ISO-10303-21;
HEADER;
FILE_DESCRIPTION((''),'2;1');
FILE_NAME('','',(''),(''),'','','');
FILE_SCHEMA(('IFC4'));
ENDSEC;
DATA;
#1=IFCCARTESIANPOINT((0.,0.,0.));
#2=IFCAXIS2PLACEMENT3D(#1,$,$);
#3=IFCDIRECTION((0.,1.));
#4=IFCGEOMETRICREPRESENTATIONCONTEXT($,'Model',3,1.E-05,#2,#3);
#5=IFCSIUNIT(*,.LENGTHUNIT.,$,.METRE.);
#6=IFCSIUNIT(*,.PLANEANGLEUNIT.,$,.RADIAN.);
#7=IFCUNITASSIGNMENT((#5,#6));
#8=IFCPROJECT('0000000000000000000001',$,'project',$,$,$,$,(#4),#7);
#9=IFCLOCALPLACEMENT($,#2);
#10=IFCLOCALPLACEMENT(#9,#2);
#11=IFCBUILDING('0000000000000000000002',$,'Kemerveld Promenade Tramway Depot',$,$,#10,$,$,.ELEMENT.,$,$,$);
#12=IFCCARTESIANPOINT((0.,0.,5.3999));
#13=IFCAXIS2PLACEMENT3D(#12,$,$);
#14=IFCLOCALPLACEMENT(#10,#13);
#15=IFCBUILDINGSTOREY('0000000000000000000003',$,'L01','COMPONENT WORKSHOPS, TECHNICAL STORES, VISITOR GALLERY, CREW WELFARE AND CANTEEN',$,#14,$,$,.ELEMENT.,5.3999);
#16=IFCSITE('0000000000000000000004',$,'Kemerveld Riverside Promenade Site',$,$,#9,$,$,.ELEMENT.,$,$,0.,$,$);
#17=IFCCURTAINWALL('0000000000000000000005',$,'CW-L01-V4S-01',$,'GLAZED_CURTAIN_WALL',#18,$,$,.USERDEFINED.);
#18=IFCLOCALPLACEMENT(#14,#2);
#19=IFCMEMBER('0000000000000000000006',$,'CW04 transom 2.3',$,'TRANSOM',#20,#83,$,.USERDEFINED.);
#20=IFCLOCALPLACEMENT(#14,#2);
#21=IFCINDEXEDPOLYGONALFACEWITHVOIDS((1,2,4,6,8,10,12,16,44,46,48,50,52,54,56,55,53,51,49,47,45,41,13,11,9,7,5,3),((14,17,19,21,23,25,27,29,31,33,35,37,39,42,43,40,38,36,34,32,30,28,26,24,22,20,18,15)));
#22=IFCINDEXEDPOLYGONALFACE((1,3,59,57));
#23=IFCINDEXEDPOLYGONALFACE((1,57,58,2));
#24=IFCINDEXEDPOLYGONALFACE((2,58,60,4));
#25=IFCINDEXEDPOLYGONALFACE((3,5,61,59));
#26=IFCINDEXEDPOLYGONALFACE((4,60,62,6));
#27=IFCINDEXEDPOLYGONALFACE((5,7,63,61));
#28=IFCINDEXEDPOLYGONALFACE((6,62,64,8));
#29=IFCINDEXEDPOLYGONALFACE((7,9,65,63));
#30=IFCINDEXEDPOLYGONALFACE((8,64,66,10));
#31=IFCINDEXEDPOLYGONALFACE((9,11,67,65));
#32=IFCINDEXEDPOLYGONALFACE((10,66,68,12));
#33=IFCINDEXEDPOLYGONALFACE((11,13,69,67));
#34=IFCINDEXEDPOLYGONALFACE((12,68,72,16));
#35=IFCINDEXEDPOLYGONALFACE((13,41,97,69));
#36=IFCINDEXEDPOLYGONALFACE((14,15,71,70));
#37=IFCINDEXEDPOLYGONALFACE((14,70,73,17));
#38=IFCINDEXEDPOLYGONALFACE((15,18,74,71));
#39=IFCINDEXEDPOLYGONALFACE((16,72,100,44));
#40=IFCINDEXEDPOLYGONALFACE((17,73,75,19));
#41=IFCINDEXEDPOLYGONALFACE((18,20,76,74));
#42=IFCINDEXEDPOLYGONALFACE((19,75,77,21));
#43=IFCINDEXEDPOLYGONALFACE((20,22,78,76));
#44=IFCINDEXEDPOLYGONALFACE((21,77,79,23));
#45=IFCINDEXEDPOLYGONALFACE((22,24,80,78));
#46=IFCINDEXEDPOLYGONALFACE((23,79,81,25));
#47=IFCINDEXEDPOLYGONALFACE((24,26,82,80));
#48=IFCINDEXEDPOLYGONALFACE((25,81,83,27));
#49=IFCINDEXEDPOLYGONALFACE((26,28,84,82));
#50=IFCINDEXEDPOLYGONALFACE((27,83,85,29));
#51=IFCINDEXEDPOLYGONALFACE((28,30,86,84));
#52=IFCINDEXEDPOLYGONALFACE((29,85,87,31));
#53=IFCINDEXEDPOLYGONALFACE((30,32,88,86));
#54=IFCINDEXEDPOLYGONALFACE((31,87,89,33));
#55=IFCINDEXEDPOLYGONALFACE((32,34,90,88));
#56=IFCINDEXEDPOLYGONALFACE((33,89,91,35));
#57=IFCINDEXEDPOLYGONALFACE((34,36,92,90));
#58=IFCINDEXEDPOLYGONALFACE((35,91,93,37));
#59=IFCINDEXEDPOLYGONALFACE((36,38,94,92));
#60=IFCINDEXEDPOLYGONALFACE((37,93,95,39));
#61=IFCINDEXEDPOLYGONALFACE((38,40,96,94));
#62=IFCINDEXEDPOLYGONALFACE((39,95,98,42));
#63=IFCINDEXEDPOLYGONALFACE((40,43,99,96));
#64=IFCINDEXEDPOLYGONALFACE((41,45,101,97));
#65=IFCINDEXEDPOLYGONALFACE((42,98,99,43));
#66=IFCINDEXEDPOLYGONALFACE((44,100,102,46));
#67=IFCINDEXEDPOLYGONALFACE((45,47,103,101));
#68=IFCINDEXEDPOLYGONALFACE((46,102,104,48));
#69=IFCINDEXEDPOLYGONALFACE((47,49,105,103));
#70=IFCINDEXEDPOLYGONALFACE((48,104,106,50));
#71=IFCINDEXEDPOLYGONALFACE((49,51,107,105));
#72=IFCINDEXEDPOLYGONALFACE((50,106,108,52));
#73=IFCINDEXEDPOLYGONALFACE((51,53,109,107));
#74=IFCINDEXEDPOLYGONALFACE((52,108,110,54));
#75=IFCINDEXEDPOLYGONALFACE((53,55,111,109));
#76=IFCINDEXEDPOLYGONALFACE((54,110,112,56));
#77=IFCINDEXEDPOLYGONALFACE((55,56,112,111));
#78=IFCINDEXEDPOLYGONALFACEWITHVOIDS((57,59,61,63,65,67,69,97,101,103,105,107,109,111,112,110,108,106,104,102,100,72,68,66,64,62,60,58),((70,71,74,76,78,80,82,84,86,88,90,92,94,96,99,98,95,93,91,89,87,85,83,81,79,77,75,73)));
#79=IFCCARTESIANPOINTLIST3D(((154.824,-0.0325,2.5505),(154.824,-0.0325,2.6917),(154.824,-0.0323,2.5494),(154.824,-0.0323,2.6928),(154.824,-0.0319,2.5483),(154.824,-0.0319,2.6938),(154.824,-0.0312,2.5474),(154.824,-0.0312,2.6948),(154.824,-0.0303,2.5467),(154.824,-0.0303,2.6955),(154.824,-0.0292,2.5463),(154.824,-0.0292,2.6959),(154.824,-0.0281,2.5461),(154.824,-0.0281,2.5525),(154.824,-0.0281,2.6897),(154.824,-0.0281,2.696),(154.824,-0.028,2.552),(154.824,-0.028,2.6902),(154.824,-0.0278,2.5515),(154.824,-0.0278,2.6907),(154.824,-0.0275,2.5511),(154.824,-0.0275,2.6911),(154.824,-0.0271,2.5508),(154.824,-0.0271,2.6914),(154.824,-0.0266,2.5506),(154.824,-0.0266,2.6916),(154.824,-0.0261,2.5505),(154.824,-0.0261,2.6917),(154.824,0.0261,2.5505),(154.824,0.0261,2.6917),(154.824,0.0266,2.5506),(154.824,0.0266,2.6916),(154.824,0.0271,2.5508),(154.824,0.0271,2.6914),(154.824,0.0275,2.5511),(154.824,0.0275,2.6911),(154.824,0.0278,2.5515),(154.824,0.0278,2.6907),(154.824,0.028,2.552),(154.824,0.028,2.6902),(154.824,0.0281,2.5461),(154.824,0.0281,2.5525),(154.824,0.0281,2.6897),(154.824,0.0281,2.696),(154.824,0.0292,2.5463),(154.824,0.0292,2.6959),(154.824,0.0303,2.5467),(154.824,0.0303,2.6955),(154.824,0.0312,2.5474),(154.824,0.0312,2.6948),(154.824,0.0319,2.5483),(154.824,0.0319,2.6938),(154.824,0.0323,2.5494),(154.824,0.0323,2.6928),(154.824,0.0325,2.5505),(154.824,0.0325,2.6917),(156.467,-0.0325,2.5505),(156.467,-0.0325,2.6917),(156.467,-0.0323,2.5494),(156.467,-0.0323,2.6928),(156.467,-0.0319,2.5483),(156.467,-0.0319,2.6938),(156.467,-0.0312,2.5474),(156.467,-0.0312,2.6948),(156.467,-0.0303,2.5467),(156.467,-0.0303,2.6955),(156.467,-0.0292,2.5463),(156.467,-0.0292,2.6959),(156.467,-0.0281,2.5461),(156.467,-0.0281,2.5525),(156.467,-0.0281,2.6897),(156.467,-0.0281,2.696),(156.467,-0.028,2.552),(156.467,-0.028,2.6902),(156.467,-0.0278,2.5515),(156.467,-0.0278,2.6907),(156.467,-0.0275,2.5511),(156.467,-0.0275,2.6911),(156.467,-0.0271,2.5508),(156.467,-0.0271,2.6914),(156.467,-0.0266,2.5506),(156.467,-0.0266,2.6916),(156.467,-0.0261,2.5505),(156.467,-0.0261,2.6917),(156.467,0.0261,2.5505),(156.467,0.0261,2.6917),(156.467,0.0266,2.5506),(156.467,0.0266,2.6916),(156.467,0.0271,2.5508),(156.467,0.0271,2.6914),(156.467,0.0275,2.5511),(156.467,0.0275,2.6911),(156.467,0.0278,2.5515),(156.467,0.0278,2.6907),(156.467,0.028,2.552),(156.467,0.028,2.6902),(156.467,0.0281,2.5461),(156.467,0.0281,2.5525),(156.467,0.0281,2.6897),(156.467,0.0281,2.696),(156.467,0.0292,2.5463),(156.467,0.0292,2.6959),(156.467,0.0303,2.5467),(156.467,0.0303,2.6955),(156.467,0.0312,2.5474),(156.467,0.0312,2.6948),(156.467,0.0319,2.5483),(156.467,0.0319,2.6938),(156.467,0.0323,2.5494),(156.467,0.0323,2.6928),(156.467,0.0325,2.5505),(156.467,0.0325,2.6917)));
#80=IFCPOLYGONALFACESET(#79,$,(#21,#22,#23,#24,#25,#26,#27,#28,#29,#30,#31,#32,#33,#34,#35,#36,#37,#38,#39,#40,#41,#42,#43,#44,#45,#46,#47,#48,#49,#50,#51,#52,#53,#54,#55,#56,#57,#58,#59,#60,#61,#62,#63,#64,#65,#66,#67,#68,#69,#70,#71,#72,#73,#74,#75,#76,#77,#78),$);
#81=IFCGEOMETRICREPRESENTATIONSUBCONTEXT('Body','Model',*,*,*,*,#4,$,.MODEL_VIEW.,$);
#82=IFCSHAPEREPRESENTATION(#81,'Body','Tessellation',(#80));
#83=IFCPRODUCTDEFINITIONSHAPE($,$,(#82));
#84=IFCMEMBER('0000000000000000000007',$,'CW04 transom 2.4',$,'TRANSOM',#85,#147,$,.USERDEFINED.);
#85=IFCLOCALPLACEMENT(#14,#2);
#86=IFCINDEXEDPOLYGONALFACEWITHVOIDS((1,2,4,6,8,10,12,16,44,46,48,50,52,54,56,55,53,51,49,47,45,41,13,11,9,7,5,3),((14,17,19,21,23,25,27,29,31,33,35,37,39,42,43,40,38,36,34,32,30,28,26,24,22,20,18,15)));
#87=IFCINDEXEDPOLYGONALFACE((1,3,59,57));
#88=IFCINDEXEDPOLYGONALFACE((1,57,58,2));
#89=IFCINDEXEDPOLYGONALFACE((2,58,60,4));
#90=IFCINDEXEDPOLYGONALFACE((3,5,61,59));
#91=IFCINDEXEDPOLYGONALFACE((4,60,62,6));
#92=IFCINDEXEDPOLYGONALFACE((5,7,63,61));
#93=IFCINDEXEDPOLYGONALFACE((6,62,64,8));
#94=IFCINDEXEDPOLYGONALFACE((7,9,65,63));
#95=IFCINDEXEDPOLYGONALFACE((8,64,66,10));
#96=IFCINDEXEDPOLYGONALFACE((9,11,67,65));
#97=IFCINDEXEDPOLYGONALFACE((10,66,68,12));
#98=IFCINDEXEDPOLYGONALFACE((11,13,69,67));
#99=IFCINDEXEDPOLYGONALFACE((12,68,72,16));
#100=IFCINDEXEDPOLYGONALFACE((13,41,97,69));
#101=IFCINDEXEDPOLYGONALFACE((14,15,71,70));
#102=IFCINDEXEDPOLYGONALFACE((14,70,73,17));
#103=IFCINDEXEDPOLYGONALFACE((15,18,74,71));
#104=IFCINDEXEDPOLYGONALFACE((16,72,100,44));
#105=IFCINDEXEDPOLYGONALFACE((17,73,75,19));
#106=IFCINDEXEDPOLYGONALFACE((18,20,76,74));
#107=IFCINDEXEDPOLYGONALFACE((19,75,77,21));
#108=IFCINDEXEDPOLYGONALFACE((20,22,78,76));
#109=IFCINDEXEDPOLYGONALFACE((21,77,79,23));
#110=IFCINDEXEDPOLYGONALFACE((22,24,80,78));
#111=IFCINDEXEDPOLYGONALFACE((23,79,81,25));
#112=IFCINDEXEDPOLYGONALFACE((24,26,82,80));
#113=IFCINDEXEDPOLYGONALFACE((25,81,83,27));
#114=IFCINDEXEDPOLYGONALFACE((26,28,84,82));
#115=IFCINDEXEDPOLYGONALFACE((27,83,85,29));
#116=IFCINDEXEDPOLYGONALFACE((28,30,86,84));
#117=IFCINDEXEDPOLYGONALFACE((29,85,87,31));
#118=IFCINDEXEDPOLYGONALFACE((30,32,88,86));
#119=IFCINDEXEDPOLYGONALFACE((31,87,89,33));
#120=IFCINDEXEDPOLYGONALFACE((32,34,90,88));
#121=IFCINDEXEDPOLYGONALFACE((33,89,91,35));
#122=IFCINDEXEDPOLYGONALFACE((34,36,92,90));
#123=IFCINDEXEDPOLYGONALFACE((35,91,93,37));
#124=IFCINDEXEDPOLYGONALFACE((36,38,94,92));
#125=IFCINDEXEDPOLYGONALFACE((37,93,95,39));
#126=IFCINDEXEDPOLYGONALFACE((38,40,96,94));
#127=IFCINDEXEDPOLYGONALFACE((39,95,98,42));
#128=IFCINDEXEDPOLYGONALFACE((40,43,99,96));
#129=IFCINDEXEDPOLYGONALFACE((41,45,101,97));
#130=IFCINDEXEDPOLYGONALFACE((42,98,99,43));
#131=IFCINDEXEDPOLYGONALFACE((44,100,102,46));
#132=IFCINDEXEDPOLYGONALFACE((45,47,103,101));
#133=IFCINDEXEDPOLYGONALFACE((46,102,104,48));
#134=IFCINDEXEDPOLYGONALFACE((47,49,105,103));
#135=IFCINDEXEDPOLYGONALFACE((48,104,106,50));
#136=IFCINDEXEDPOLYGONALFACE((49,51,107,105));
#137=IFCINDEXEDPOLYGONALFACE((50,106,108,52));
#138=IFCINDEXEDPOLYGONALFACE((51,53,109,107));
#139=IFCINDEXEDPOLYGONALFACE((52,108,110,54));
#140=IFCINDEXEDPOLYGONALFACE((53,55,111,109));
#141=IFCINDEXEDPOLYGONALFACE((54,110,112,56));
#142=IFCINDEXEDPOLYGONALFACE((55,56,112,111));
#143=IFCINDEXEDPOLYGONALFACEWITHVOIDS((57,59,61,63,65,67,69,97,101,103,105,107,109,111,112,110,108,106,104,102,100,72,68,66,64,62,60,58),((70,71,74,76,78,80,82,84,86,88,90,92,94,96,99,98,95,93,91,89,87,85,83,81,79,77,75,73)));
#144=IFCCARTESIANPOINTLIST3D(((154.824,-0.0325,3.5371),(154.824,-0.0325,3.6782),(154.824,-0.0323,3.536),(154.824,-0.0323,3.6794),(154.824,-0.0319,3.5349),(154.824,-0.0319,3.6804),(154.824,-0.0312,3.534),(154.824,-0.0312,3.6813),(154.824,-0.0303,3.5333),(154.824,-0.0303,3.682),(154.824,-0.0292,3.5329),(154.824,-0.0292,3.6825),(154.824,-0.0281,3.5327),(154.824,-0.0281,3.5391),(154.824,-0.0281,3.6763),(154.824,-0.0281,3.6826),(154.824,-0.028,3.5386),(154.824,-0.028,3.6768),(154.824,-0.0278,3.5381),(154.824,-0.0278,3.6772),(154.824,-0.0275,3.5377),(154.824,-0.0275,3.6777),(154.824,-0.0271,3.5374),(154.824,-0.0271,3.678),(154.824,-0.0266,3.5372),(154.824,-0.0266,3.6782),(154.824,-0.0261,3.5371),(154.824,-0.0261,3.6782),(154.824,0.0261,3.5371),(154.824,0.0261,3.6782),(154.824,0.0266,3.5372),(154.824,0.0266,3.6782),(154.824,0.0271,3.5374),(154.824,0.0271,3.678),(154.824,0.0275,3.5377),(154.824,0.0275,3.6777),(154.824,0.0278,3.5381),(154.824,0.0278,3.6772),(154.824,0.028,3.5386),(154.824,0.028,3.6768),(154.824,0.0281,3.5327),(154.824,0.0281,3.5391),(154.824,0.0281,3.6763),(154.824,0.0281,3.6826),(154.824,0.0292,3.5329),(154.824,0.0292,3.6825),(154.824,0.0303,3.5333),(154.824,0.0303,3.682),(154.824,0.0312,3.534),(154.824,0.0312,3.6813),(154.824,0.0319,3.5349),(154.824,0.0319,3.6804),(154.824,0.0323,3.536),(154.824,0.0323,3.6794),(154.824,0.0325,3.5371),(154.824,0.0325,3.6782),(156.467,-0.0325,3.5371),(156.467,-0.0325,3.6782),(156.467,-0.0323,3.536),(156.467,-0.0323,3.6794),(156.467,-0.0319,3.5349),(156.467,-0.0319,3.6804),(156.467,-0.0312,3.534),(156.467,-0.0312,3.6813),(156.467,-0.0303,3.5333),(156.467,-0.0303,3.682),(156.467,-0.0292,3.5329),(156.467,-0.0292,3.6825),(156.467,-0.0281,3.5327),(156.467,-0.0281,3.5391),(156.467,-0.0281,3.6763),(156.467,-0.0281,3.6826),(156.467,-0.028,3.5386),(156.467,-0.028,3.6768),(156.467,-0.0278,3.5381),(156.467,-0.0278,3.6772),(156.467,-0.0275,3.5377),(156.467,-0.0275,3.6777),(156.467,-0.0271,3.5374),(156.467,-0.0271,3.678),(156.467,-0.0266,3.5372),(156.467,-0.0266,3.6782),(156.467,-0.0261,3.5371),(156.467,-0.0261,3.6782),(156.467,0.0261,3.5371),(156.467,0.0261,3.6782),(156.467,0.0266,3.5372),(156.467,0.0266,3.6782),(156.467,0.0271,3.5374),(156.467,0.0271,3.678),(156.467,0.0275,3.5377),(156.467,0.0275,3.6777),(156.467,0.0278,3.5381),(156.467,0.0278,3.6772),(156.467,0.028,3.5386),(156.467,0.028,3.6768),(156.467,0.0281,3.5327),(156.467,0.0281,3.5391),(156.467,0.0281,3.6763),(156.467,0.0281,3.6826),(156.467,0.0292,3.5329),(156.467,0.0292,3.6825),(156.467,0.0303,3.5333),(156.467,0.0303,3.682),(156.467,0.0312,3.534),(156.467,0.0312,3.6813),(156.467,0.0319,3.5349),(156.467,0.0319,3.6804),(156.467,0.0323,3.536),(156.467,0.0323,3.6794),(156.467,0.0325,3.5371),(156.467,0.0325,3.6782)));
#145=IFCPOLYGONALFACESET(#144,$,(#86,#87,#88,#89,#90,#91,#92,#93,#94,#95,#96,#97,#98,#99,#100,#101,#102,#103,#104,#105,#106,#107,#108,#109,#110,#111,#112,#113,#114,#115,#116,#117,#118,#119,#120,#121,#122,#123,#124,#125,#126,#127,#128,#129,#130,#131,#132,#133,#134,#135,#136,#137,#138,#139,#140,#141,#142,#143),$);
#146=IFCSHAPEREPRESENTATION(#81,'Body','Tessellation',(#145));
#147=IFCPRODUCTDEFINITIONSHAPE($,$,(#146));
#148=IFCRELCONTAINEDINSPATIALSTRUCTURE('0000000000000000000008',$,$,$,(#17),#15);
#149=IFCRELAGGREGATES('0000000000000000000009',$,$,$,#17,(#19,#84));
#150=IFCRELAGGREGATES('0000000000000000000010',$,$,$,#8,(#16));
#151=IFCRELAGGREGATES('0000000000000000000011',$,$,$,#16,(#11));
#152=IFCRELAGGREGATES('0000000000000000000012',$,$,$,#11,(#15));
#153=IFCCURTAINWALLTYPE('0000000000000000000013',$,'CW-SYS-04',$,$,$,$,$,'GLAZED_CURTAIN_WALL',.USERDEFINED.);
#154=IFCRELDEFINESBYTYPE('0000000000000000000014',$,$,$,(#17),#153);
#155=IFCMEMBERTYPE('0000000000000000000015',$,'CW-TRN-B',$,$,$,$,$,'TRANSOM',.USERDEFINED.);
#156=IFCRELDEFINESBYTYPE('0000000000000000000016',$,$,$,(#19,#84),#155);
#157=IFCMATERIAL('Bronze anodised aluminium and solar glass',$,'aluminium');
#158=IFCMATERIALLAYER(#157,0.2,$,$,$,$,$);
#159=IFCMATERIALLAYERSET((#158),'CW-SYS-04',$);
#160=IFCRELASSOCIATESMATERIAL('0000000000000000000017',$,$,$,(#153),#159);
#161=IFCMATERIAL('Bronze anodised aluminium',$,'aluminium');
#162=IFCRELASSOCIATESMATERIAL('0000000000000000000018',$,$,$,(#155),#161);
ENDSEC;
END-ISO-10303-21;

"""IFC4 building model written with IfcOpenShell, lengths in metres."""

from ifc_helpers import new_model, si_unit, direction, frame, origin, origin_2d, place, context, subcontext, project, spatial, hollow_rectangle, extrude, material, layer, layer_set, material_profile, profile_set, type_object, element, aggregate, save


model = new_model("IFC4")

# Units and contexts
model_context = context("Model", 3, precision=1e-05, world=origin(), true_north=direction((0.0, 1.0)))
body_context = subcontext(model_context, "Body", "Model", "MODEL_VIEW")
ifc_project = project(units=[si_unit("LENGTHUNIT", "METRE"), si_unit("PLANEANGLEUNIT", "RADIAN")], contexts=[model_context])

# Site, building, storey
site_placement = place(None, origin())
site = spatial("IfcSite", under=ifc_project, at=site_placement, Name="Kemerveld Riverside Promenade Site", CompositionType="ELEMENT", RefElevation=0.0)
building_placement = place(site_placement, origin())
building = spatial("IfcBuilding", under=site, at=building_placement, Name="Kemerveld Promenade Tramway Depot", CompositionType="ELEMENT")
storey_placement = place(building_placement, frame((0.0, 0.0, 5.3999)))
storey = spatial("IfcBuildingStorey", under=building, at=storey_placement, Name="L01", Description="COMPONENT WORKSHOPS, TECHNICAL STORES, VISITOR GALLERY, CREW WELFARE AND CANTEEN", CompositionType="ELEMENT", Elevation=5.3999)

# Curtain wall, members
ifc_material_1 = material(Name="Bronze anodised aluminium and solar glass", Category="aluminium")
ifc_layer_1 = layer(ifc_material_1, 0.2)
ifc_layer_set_1 = layer_set([ifc_layer_1], Name="CW-SYS-04")
curtain_wall_type = type_object("IfcCurtainWallType", Name="CW-SYS-04", ElementType="GLAZED_CURTAIN_WALL", PredefinedType="USERDEFINED", material=ifc_layer_set_1)
curtain_wall_placement = place(storey_placement, origin())
curtain_wall = element("IfcCurtainWall", 1, at=curtain_wall_placement, inside=storey, type_object=curtain_wall_type, Name="CW-L01-V4S-01", ObjectType="GLAZED_CURTAIN_WALL", PredefinedType="USERDEFINED")
ifc_material_2 = material(Name="Bronze anodised aluminium", Category="aluminium")
ifc_material_profile_1 = material_profile(ifc_material_2, hollow_rectangle(XDim=0.0649, YDim=0.1499, WallThickness=0.0044, InnerFilletRadius=0.002, OuterFilletRadius=0.0044, at=origin_2d()), Name="CW-TRN-150x65")
ifc_profile_set_1 = profile_set([ifc_material_profile_1], Name="Bronze anodised aluminium")
member_type_1 = type_object("IfcMemberType", Name="CW-TRN-B", ElementType="TRANSOM", PredefinedType="USERDEFINED", material=ifc_profile_set_1)
member_1_placement = place(storey_placement, frame((156.467, 0.0, 2.6211), z_axis=(-1.0, 0.0, 0.0), x_axis=(0.0, -1.0, 0.0)))
member_1 = element("IfcMember", 2, at=member_1_placement, type_object=member_type_1, Name="CW04 transom 2.3", ObjectType="TRANSOM", PredefinedType="USERDEFINED", context=body_context, shape_type="SweptSolid", body=[
    extrude(hollow_rectangle(XDim=0.0649, YDim=0.1499, WallThickness=0.0044, InnerFilletRadius=0.002, OuterFilletRadius=0.0044, at=origin_2d()), origin(), (0.0, 0.0, 1.0), 1.6431),
])
member_2_placement = place(storey_placement, frame((156.467, 0.0, 3.6077), z_axis=(-1.0, 0.0, 0.0), x_axis=(0.0, -1.0, 0.0)))
member_2 = element("IfcMember", 3, at=member_2_placement, type_object=member_type_1, Name="CW04 transom 2.4", ObjectType="TRANSOM", PredefinedType="USERDEFINED", context=body_context, shape_type="SweptSolid", body=[
    extrude(hollow_rectangle(XDim=0.0649, YDim=0.1499, WallThickness=0.0044, InnerFilletRadius=0.002, OuterFilletRadius=0.0044, at=origin_2d()), origin(), (0.0, 0.0, 1.0), 1.6431),
])
aggregate(curtain_wall, [member_1, member_2])

save(model, "model.ifc")
